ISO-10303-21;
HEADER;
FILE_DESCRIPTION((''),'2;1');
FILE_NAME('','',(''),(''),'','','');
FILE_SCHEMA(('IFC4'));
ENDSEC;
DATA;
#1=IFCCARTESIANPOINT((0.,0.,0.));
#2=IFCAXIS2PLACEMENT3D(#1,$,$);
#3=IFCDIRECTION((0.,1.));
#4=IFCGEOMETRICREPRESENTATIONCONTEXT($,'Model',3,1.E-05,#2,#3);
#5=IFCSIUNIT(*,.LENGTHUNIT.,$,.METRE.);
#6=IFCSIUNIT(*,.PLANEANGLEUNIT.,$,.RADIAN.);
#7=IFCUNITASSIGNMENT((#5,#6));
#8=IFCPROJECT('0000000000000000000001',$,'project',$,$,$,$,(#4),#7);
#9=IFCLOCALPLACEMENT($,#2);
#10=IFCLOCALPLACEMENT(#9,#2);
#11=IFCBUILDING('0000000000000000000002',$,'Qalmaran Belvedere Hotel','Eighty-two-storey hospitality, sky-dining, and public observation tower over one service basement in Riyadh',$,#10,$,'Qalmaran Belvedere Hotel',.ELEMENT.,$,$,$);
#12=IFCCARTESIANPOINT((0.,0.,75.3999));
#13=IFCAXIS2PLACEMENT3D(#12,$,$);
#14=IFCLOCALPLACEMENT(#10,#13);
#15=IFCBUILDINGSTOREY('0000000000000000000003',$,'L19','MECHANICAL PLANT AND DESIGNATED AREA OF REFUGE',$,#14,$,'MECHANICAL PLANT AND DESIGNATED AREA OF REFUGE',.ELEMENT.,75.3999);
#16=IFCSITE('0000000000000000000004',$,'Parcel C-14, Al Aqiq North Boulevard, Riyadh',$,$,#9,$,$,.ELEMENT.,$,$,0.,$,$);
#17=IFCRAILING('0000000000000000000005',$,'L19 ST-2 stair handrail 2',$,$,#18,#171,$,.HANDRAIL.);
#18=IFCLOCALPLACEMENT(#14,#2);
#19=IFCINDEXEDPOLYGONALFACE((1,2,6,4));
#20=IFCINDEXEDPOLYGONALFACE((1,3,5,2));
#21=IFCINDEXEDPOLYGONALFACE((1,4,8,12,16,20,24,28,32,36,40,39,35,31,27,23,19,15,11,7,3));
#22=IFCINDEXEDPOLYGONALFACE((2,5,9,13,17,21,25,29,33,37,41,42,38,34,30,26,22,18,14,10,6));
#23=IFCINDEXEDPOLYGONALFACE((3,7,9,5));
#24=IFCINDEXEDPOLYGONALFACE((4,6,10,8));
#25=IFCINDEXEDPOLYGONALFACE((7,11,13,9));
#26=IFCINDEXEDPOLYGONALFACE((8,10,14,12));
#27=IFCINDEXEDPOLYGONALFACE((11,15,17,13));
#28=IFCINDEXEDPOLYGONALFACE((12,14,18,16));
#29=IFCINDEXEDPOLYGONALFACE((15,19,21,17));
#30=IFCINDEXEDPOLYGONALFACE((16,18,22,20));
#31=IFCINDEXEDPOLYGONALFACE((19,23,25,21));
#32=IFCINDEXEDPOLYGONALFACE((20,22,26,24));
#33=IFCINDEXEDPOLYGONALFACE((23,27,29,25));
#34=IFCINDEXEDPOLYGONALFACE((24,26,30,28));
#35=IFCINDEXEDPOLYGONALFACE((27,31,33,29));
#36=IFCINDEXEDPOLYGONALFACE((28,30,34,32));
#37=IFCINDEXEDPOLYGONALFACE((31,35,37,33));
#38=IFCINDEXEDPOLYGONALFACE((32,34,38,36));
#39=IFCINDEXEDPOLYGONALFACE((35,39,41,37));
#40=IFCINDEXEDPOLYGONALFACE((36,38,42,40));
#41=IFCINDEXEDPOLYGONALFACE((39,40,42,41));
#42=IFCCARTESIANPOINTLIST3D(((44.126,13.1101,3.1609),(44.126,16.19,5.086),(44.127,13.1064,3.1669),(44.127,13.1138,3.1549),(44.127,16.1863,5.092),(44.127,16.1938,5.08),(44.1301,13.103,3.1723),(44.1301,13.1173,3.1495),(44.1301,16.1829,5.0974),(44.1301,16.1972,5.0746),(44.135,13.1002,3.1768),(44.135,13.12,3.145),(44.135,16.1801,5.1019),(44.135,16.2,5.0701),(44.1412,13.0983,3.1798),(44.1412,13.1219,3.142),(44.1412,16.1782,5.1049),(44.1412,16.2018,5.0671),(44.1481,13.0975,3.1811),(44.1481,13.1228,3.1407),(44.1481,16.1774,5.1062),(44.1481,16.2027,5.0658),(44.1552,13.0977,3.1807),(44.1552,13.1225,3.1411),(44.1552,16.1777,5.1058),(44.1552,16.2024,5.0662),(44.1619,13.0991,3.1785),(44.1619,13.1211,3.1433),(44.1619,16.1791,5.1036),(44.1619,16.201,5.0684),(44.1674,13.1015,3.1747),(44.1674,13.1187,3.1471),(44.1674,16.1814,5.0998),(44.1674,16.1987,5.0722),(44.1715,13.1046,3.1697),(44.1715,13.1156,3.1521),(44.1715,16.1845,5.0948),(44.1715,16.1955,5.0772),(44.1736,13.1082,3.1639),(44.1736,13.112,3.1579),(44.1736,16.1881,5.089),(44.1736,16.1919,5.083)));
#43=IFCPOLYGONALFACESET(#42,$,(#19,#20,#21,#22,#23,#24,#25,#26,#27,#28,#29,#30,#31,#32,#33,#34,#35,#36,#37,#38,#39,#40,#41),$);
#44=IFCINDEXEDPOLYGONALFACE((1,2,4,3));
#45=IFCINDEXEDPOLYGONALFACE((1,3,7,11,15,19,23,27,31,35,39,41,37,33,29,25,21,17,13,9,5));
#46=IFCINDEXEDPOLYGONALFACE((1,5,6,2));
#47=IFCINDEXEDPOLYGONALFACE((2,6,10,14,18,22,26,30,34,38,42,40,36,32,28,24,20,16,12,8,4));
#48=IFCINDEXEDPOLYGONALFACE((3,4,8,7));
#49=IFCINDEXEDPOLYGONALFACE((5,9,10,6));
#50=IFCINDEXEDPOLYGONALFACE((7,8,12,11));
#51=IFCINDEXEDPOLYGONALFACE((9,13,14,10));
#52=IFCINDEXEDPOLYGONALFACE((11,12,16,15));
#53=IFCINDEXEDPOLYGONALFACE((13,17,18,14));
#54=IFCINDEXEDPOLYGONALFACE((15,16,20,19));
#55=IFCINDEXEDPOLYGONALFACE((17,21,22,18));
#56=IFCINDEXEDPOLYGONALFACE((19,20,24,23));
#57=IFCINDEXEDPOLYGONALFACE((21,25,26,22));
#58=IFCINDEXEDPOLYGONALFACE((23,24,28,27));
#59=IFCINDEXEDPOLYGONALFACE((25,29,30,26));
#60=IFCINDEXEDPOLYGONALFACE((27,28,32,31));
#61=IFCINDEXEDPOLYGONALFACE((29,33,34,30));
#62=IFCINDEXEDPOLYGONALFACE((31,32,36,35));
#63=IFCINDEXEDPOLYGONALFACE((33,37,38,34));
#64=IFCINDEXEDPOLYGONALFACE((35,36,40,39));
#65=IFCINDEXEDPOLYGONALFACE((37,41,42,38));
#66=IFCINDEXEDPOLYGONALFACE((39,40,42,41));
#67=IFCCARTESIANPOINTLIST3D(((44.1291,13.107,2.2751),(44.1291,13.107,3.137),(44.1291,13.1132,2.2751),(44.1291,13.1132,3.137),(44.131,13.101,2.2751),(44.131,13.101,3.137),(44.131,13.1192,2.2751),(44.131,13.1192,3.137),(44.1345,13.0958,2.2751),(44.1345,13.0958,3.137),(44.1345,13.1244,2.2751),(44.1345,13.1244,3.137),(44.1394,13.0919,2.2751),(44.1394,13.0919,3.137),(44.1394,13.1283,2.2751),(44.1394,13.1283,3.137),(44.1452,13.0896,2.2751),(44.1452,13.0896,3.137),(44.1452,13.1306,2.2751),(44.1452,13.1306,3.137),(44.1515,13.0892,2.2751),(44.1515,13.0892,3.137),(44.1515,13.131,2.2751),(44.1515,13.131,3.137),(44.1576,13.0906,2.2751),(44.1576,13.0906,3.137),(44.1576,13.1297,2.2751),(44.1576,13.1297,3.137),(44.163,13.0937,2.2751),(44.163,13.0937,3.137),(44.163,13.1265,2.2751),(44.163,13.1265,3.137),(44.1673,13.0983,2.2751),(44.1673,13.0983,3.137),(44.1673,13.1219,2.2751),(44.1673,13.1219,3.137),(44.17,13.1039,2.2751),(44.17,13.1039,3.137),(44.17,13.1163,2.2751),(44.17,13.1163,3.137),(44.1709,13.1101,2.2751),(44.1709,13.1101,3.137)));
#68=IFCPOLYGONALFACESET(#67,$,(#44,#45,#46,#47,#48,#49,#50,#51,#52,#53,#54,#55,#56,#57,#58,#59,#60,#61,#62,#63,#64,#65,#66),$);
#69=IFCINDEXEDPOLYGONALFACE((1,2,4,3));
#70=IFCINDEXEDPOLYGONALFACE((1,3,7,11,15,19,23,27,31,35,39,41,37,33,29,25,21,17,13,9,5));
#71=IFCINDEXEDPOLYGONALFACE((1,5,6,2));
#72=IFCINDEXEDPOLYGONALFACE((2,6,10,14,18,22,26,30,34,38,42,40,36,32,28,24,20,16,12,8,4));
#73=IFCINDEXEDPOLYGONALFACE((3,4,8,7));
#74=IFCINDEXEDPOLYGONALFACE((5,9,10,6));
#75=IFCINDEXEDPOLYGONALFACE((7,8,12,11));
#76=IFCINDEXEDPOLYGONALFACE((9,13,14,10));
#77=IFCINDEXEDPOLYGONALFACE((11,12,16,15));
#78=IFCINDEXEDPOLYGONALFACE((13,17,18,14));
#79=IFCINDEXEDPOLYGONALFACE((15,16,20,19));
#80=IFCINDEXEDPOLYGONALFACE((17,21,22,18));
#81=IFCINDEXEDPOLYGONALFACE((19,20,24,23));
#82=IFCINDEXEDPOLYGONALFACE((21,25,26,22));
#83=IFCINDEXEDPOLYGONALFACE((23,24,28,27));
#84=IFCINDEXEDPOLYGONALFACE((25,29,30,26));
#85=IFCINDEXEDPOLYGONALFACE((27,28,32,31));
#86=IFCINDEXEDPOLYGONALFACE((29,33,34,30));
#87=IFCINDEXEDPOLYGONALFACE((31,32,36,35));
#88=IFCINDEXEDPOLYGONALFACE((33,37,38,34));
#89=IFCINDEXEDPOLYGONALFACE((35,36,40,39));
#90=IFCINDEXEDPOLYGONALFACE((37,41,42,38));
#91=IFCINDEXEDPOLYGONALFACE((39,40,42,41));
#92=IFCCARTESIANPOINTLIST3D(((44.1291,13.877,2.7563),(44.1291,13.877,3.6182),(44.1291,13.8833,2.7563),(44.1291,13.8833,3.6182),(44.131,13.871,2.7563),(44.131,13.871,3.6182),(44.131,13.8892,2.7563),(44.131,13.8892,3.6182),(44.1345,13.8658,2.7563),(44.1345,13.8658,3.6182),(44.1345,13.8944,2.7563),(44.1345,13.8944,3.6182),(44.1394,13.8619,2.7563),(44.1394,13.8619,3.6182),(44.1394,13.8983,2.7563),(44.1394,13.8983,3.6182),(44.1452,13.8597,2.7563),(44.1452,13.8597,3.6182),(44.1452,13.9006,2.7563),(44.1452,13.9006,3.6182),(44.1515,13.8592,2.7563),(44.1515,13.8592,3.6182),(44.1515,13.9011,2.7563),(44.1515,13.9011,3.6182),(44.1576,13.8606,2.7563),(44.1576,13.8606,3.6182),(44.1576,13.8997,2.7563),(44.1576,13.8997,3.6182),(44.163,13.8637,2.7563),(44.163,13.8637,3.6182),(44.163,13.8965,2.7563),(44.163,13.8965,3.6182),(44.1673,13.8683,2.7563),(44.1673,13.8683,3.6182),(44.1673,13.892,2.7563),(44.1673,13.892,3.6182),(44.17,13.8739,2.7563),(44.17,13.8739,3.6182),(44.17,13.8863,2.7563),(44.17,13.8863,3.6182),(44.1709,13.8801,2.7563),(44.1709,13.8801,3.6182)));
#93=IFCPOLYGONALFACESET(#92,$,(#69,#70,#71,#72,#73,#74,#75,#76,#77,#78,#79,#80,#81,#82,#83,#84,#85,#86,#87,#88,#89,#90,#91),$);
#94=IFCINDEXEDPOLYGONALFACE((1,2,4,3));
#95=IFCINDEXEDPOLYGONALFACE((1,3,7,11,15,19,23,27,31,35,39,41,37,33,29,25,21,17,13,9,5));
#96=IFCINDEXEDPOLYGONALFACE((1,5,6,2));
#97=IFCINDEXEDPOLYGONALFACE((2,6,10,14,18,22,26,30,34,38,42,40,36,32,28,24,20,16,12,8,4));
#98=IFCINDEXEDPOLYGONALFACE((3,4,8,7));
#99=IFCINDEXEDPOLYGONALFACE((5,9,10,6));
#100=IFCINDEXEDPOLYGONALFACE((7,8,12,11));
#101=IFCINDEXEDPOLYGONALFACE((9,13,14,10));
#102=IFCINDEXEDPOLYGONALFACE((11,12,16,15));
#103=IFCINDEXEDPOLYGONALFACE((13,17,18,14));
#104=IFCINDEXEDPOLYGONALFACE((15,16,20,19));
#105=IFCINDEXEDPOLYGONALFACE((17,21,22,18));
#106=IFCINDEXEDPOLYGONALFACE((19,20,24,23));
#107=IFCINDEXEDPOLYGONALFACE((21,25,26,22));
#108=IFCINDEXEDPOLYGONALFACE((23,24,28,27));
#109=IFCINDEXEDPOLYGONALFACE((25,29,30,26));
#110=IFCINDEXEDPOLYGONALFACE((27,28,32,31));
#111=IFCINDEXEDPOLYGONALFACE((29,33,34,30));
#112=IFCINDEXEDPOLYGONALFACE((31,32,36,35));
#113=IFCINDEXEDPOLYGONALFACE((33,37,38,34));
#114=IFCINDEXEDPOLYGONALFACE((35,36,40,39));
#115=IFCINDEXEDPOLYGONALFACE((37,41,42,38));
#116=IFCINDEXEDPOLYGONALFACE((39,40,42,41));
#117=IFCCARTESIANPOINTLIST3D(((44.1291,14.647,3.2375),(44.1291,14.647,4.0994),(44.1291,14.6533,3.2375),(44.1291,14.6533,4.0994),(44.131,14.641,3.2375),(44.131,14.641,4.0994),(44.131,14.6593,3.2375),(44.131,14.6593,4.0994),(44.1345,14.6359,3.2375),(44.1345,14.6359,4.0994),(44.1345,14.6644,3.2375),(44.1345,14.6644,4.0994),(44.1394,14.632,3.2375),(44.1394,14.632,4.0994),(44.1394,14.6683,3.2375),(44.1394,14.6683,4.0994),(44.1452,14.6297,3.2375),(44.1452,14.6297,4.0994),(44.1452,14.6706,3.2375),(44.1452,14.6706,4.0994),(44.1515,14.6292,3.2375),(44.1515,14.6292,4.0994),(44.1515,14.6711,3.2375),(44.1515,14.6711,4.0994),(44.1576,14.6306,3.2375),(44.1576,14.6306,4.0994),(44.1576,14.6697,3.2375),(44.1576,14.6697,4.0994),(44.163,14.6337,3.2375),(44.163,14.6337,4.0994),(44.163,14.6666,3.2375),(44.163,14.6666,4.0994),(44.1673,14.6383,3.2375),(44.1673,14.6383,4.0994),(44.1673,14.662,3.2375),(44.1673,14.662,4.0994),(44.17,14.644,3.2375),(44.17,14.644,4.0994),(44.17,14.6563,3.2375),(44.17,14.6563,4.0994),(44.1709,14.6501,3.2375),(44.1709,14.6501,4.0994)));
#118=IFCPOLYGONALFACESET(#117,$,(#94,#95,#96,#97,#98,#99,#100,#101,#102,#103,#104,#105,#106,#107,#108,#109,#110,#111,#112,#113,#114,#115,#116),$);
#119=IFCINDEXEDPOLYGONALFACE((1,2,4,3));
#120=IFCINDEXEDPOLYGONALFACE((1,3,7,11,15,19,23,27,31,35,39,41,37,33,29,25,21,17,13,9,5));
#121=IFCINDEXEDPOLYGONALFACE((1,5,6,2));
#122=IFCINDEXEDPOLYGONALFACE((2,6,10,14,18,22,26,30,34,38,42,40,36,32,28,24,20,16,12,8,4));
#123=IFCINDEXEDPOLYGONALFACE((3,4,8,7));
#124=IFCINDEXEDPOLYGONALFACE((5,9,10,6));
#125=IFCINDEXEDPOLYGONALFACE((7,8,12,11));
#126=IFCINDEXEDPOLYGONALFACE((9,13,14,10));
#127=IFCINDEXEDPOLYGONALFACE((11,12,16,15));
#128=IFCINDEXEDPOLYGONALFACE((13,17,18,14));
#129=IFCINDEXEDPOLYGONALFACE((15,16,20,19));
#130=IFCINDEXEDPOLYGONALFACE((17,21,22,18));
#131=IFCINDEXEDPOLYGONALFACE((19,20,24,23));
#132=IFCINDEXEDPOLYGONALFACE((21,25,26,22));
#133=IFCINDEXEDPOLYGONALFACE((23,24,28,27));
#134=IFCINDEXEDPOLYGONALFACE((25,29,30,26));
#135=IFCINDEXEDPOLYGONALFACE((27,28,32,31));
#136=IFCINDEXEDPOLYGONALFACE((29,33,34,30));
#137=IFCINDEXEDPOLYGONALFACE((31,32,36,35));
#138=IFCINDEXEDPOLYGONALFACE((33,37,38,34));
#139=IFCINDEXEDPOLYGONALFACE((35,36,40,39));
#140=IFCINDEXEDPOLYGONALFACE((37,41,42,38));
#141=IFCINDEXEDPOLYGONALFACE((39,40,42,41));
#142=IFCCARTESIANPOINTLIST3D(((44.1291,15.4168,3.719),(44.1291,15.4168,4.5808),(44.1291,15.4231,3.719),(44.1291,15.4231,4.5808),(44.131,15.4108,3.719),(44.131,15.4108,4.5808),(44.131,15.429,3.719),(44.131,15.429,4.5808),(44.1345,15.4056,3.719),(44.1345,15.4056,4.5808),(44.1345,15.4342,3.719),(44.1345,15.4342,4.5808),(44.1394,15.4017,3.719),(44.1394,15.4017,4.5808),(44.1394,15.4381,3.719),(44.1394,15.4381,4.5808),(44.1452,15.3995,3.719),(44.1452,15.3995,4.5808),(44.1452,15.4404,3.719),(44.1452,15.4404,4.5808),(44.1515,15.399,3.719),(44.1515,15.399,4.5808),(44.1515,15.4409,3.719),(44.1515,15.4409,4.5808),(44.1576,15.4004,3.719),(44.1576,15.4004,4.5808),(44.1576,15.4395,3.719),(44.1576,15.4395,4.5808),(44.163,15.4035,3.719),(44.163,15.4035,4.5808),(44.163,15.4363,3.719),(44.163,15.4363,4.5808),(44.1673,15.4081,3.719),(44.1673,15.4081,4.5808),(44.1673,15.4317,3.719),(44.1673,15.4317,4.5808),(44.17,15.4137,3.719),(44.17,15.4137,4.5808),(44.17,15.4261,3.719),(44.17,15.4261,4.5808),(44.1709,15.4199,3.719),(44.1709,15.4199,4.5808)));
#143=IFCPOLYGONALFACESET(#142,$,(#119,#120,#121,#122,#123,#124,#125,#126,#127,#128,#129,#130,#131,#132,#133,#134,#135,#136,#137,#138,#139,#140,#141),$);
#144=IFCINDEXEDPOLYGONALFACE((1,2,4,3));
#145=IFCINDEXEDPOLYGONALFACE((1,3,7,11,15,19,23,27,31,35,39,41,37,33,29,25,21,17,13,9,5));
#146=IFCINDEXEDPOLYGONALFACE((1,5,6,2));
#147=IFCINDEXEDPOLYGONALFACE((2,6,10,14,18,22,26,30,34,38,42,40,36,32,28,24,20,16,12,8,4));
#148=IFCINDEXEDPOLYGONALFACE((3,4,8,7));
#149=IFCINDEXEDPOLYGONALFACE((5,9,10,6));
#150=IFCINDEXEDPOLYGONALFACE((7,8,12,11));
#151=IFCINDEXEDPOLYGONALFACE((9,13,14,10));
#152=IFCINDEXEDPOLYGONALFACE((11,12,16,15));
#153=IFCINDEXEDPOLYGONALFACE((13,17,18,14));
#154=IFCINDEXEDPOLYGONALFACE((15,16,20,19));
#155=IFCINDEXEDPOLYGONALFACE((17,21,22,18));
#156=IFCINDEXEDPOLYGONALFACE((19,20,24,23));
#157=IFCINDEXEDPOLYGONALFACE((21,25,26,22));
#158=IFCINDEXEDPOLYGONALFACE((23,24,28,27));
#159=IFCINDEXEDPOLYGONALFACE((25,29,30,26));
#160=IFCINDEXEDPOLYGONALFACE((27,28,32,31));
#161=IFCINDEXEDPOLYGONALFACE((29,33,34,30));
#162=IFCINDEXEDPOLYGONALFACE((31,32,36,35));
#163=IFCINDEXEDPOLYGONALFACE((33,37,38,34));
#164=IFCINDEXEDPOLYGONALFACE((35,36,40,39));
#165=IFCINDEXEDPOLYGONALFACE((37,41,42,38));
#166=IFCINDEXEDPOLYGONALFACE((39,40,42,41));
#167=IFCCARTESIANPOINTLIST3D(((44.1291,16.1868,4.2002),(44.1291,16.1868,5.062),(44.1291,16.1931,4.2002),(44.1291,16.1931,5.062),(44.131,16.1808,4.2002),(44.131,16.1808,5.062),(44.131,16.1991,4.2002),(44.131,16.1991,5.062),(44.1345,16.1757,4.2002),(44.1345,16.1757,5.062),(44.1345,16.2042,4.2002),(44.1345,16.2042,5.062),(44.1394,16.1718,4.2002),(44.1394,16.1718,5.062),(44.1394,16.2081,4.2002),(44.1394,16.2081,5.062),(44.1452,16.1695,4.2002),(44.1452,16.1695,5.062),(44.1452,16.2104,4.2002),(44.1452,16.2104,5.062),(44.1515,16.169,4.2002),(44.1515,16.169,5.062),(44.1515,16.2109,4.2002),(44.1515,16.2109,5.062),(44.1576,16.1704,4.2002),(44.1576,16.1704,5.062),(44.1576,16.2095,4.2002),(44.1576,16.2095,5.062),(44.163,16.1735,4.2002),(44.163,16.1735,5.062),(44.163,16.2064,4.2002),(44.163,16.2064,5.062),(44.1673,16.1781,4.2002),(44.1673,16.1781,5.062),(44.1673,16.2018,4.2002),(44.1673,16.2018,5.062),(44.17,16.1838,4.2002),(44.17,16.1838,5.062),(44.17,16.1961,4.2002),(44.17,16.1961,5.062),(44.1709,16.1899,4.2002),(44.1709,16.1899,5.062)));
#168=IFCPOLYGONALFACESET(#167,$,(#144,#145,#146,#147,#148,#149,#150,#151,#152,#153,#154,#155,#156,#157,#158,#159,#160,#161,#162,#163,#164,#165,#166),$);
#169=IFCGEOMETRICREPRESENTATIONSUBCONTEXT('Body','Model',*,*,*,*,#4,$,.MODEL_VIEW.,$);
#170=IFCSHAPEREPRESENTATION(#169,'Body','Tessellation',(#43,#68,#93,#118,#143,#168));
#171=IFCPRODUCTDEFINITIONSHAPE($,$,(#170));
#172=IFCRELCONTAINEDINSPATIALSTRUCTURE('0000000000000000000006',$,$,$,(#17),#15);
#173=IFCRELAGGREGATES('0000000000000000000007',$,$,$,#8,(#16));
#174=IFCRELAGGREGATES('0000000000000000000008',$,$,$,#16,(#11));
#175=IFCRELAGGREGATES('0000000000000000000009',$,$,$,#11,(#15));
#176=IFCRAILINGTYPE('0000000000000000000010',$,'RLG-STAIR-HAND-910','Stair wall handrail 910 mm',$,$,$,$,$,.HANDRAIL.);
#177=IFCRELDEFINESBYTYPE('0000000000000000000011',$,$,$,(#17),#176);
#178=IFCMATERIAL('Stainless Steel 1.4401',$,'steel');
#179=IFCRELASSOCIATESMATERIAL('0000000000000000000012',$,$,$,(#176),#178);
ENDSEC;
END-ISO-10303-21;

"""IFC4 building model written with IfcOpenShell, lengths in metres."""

from ifc_helpers import new_model, si_unit, direction, frame, origin, origin_2d, place, context, subcontext, project, spatial, circle, extrude, material, type_object, element, save


model = new_model("IFC4")

# Units and contexts
model_context = context("Model", 3, precision=1e-05, world=origin(), true_north=direction((0.0, 1.0)))
body_context = subcontext(model_context, "Body", "Model", "MODEL_VIEW")
ifc_project = project(units=[si_unit("LENGTHUNIT", "METRE"), si_unit("PLANEANGLEUNIT", "RADIAN")], contexts=[model_context])

# Site, building, storey
site_placement = place(None, origin())
site = spatial("IfcSite", under=ifc_project, at=site_placement, Name="Parcel C-14, Al Aqiq North Boulevard, Riyadh", CompositionType="ELEMENT", RefElevation=0.0)
building_placement = place(site_placement, origin())
building = spatial("IfcBuilding", under=site, at=building_placement, Name="Qalmaran Belvedere Hotel", Description="Eighty-two-storey hospitality, sky-dining, and public observation tower over one service basement in Riyadh", LongName="Qalmaran Belvedere Hotel", CompositionType="ELEMENT")
storey_placement = place(building_placement, frame((0.0, 0.0, 75.3999)))
storey = spatial("IfcBuildingStorey", under=building, at=storey_placement, Name="L19", Description="MECHANICAL PLANT AND DESIGNATED AREA OF REFUGE", LongName="MECHANICAL PLANT AND DESIGNATED AREA OF REFUGE", CompositionType="ELEMENT", Elevation=75.3999)

# Railing
ifc_material_1 = material(Name="Stainless Steel 1.4401", Category="steel")
railing_type_1 = type_object("IfcRailingType", Name="RLG-STAIR-HAND-910", Description="Stair wall handrail 910 mm", PredefinedType="HANDRAIL", material=ifc_material_1)
for number, where, name in (
    (1, (44.1499, 13.1101, 2.2751), "L19 ST-2 stair handrail 2"),
):
    element("IfcRailing", number, at=place(storey_placement, frame(where)), inside=storey, type_object=railing_type_1, Name=name, PredefinedType="HANDRAIL", context=body_context, shape_type="SweptSolid", body=[
        extrude(circle(Radius=0.0239, at=origin_2d()), frame((0.0, 0.0, 0.8857), z_axis=(0.0, 0.847979, 0.530029), x_axis=(-1.0, 0.0, 0.0)), (0.0, 0.0, 1.0), 3.6321),
        extrude(circle(Radius=0.021, at=origin_2d()), origin(), (0.0, 0.0, 1.0), 0.8618),
        extrude(circle(Radius=0.021, at=origin_2d()), frame((0.0, 0.77, 0.4812)), (0.0, 0.0, 1.0), 0.8618),
        extrude(circle(Radius=0.021, at=origin_2d()), frame((0.0, 1.54, 0.9624)), (0.0, 0.0, 1.0), 0.8618),
        extrude(circle(Radius=0.021, at=origin_2d()), frame((0.0, 2.3098, 1.4438)), (0.0, 0.0, 1.0), 0.8618),
        extrude(circle(Radius=0.021, at=origin_2d()), frame((0.0, 3.0798, 1.925)), (0.0, 0.0, 1.0), 0.8618),
    ])

save(model, "model.ifc")
